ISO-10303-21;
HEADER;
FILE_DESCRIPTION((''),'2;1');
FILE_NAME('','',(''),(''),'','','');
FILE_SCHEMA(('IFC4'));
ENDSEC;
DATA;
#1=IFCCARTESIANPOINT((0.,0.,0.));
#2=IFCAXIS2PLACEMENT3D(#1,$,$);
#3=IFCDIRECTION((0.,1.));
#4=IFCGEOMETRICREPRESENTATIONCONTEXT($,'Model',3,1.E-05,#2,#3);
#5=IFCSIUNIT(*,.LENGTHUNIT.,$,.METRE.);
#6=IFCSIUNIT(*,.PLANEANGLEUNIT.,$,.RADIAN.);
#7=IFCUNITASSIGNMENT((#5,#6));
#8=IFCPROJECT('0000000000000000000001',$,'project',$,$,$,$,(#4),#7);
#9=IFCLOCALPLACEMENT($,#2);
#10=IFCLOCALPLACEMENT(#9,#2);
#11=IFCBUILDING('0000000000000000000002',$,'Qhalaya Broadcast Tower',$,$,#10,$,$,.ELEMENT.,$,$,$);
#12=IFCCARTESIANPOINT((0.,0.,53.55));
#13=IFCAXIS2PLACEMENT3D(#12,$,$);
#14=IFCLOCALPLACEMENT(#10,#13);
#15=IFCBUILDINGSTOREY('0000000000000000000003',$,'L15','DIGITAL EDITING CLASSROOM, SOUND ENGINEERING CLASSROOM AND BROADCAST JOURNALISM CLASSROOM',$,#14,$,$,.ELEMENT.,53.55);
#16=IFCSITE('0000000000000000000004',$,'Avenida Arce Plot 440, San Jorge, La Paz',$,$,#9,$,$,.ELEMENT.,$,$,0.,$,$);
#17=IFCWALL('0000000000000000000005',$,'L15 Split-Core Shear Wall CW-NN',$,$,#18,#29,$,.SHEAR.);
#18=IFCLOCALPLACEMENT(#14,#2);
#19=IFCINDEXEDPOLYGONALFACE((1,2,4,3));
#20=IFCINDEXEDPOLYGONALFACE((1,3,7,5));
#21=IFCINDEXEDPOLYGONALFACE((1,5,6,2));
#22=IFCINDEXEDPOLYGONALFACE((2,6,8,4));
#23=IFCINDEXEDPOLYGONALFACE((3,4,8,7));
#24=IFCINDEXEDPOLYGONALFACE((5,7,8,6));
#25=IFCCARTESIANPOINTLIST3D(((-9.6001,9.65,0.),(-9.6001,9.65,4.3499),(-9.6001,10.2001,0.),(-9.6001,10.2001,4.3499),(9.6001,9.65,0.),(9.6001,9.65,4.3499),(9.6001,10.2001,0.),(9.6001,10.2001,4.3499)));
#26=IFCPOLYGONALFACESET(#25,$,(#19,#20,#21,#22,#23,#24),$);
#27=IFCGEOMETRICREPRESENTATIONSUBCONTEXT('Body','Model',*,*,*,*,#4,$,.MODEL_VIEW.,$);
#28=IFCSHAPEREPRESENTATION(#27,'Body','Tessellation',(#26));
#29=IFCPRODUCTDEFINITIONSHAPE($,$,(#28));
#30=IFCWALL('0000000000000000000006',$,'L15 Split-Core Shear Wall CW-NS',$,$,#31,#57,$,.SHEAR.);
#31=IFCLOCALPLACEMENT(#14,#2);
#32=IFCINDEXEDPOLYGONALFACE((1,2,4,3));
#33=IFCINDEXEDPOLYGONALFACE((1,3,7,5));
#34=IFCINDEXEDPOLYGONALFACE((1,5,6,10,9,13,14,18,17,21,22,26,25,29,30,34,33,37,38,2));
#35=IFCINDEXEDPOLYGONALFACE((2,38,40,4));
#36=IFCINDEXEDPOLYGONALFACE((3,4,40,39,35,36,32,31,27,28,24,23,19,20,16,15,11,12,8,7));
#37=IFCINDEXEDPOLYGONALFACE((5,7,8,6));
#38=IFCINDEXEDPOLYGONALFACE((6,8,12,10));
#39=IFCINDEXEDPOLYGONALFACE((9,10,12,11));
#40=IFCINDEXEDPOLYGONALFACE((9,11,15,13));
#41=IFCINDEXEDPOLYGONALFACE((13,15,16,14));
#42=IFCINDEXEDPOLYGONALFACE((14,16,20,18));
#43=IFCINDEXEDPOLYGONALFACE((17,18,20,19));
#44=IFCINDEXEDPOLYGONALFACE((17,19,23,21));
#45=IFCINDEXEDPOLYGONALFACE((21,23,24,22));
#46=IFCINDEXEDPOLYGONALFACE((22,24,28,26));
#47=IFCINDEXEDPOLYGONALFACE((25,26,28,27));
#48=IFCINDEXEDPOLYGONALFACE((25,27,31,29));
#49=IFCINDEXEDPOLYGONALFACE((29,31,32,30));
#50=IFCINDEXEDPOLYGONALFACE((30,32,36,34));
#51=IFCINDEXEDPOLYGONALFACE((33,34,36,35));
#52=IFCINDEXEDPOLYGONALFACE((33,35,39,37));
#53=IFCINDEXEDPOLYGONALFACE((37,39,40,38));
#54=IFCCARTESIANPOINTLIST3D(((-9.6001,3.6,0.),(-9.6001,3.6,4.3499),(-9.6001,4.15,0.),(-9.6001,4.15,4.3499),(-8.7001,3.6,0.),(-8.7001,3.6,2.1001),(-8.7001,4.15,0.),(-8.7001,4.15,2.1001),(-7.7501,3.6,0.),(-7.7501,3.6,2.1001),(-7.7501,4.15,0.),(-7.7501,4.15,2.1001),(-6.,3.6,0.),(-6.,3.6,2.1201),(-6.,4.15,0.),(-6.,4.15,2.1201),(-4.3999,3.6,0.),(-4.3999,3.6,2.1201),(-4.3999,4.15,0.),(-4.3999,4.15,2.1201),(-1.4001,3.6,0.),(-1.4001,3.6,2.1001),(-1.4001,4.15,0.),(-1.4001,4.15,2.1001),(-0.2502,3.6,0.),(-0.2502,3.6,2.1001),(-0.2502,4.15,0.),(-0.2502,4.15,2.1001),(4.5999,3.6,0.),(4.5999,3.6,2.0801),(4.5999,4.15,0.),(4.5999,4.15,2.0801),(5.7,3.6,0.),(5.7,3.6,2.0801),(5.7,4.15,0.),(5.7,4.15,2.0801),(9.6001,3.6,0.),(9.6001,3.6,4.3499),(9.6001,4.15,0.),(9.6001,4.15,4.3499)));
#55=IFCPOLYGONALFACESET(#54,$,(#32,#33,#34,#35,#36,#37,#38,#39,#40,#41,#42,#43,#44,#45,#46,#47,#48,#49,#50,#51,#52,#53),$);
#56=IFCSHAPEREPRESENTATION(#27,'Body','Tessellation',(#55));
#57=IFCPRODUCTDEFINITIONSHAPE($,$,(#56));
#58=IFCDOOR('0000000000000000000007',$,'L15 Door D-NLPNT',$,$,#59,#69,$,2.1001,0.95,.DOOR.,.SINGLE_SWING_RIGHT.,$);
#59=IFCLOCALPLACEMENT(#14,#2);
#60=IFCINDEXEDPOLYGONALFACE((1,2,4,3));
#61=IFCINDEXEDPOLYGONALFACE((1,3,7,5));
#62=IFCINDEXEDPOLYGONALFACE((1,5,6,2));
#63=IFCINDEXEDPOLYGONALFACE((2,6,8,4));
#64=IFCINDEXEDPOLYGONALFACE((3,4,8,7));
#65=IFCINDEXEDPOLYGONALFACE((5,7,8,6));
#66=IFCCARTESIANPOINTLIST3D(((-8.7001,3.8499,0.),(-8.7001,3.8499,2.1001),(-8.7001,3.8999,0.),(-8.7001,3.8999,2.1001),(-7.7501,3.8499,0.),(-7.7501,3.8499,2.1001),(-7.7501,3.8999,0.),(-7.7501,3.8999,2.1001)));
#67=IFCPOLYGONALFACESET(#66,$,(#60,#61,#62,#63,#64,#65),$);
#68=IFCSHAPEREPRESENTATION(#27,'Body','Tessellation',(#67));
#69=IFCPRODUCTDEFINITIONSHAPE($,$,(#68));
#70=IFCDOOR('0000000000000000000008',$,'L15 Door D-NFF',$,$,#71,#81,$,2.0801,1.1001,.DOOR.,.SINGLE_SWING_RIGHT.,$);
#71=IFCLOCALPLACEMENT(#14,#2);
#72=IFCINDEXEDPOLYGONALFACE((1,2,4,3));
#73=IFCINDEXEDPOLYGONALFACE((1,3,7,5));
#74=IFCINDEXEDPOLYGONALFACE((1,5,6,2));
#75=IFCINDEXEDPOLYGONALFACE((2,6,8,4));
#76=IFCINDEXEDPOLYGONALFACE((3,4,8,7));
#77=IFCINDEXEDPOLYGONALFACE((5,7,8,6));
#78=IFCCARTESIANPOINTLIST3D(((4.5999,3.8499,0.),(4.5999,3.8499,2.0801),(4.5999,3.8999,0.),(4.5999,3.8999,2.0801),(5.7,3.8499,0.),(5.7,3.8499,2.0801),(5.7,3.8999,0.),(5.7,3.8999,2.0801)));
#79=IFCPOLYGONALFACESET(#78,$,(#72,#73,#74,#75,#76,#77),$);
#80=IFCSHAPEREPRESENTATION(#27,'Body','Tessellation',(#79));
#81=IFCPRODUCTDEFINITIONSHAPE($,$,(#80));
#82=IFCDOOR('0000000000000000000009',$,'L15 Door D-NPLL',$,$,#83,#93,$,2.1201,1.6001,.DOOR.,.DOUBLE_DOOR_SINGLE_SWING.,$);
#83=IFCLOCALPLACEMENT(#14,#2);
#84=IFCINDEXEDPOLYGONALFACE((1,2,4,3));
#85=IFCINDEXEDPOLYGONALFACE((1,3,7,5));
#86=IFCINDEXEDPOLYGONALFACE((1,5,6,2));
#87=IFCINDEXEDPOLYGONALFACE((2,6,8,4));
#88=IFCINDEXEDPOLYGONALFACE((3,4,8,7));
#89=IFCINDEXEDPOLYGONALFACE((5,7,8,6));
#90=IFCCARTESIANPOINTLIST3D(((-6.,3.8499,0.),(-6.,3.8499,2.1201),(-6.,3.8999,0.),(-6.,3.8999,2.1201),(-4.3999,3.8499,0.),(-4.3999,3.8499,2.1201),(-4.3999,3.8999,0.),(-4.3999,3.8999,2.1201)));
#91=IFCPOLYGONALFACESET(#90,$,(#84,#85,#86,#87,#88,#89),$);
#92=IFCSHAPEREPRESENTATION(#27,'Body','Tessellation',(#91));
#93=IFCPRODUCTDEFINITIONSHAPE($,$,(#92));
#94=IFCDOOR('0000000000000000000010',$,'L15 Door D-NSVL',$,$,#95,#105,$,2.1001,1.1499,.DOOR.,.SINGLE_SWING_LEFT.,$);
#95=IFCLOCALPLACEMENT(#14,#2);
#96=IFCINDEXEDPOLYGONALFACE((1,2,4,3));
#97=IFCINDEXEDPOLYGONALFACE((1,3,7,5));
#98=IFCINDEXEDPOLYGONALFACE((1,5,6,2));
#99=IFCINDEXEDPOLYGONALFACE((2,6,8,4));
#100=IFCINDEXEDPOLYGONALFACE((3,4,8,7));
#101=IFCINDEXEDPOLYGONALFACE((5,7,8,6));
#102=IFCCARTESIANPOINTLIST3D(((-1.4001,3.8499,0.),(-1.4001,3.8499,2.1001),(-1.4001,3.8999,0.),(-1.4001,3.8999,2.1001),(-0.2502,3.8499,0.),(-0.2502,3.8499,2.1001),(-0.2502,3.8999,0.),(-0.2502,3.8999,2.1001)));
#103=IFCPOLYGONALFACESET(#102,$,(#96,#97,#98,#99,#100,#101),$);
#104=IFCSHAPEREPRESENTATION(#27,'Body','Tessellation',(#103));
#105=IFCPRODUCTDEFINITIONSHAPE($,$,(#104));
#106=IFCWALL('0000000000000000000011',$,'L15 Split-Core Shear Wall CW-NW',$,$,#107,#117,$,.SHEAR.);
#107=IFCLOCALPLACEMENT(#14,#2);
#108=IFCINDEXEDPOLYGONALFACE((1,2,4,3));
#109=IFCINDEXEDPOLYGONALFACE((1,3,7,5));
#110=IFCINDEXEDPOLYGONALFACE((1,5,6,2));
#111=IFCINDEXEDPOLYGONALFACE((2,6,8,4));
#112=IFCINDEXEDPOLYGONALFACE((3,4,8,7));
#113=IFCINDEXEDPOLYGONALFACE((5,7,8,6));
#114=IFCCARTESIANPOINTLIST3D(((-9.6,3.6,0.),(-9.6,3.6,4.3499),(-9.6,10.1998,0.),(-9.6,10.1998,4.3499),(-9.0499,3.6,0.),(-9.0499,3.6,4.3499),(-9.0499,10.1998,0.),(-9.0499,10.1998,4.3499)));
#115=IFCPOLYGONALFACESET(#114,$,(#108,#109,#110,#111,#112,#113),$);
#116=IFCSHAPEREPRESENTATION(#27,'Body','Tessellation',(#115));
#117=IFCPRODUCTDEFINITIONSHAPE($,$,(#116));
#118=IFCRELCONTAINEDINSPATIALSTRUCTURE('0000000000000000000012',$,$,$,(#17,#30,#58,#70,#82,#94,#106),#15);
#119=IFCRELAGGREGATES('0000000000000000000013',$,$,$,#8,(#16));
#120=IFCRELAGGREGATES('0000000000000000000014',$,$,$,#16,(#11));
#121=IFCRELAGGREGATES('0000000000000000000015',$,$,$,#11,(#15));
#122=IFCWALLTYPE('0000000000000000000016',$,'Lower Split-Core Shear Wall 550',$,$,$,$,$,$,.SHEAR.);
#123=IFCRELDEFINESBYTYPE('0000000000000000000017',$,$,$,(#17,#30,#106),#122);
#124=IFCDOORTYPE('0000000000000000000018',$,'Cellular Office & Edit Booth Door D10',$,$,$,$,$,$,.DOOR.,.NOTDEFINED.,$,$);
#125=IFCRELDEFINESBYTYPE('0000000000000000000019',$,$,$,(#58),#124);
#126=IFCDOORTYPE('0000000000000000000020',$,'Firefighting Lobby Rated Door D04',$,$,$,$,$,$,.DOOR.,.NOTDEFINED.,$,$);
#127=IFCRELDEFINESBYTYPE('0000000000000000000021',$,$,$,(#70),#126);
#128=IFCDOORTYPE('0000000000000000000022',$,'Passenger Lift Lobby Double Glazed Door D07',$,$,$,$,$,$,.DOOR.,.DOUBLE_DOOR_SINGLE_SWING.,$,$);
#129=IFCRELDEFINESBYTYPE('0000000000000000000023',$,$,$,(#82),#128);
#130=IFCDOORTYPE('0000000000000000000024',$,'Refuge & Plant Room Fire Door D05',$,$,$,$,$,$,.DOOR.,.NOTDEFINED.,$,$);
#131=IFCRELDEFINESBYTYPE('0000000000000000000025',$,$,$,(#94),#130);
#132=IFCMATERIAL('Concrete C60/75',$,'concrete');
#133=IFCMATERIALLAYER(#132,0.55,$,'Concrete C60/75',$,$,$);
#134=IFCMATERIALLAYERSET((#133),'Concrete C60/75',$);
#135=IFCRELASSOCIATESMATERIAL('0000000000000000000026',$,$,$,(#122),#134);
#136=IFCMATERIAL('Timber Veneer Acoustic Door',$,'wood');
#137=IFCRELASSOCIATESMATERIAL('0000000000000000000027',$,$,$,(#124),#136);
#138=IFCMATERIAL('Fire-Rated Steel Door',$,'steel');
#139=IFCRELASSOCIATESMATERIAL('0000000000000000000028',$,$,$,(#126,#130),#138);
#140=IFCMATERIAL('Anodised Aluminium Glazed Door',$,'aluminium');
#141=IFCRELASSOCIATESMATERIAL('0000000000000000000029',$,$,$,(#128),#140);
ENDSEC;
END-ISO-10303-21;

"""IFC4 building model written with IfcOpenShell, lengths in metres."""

from ifc_helpers import new_model, si_unit, direction, frame, frame_2d, origin, place, context, subcontext, project, spatial, rectangle, extrude, material, layer, layer_set, type_object, element, fill, save


model = new_model("IFC4")

# Units and contexts
model_context = context("Model", 3, precision=1e-05, world=origin(), true_north=direction((0.0, 1.0)))
body_context = subcontext(model_context, "Body", "Model", "MODEL_VIEW")
ifc_project = project(units=[si_unit("LENGTHUNIT", "METRE"), si_unit("PLANEANGLEUNIT", "RADIAN")], contexts=[model_context])

# Site, building, storey
site_placement = place(None, origin())
site = spatial("IfcSite", under=ifc_project, at=site_placement, Name="Avenida Arce Plot 440, San Jorge, La Paz", CompositionType="ELEMENT", RefElevation=0.0)
building_placement = place(site_placement, origin())
building = spatial("IfcBuilding", under=site, at=building_placement, Name="Qhalaya Broadcast Tower", CompositionType="ELEMENT")
storey_placement = place(building_placement, frame((0.0, 0.0, 53.55)))
storey = spatial("IfcBuildingStorey", under=building, at=storey_placement, Name="L15", Description="DIGITAL EDITING CLASSROOM, SOUND ENGINEERING CLASSROOM AND BROADCAST JOURNALISM CLASSROOM", CompositionType="ELEMENT", Elevation=53.55)

# Shared definitions
ifc_material_1 = material(Name="Anodised Aluminium Glazed Door", Category="aluminium")

# Wall
ifc_material_2 = material(Name="Concrete C60/75", Category="concrete")
ifc_layer_1 = layer(ifc_material_2, 0.55, Name="Concrete C60/75")
ifc_layer_set_1 = layer_set([ifc_layer_1], Name="Concrete C60/75")
wall_type_1 = type_object("IfcWallType", Name="Lower Split-Core Shear Wall 550", PredefinedType="SHEAR", material=ifc_layer_set_1)
wall_1_placement = place(storey_placement, frame((-9.6001, 9.925, 0.0), z_axis=(0.0, 0.0, 1.0), x_axis=(1.0, 0.0, 0.0)))
element("IfcWall", 1, at=wall_1_placement, inside=storey, type_object=wall_type_1, Name="L15 Split-Core Shear Wall CW-NN", PredefinedType="SHEAR", context=body_context, shape_type="SweptSolid", body=[
    extrude(rectangle(XDim=19.2002, YDim=0.55, at=frame_2d((9.6001, 0.0))), origin(), (0.0, 0.0, 1.0), 4.3499),
])

# Wall, openings, doors
wall_2_placement = place(storey_placement, frame((-9.6001, 3.875, 0.0), z_axis=(0.0, 0.0, 1.0), x_axis=(1.0, 0.0, 0.0)))
wall_2 = element("IfcWall", 2, at=wall_2_placement, inside=storey, type_object=wall_type_1, Name="L15 Split-Core Shear Wall CW-NS", PredefinedType="SHEAR", context=body_context, shape_type="SweptSolid", body=[
    extrude(rectangle(XDim=19.2002, YDim=0.55, at=frame_2d((9.6001, 0.0))), origin(), (0.0, 0.0, 1.0), 4.3499),
])
opening_1_placement = place(wall_2_placement, frame((14.2, 0.0, 0.0)))
opening_1 = element("IfcOpeningElement", 3, at=opening_1_placement, cuts=wall_2, PredefinedType="OPENING", context=body_context, shape_type="SweptSolid", body=[
    extrude(rectangle(XDim=1.1001, YDim=2.0801, at=frame_2d((0.55, 1.04))), frame((0.0, 0.2871, 0.0), z_axis=(0.0, -1.0, 0.0), x_axis=(1.0, 0.0, 0.0)), (0.0, 0.0, 1.0), 0.574),
])
opening_2_placement = place(wall_2_placement, frame((8.2, 0.0, 0.0)))
opening_2 = element("IfcOpeningElement", 4, at=opening_2_placement, cuts=wall_2, PredefinedType="OPENING", context=body_context, shape_type="SweptSolid", body=[
    extrude(rectangle(XDim=1.1499, YDim=2.1001, at=frame_2d((0.575, 1.05))), frame((0.0, 0.2871, 0.0), z_axis=(0.0, -1.0, 0.0), x_axis=(1.0, 0.0, 0.0)), (0.0, 0.0, 1.0), 0.574),
])
opening_3_placement = place(wall_2_placement, frame((0.8999, 0.0, 0.0)))
opening_3 = element("IfcOpeningElement", 5, at=opening_3_placement, cuts=wall_2, PredefinedType="OPENING", context=body_context, shape_type="SweptSolid", body=[
    extrude(rectangle(XDim=0.95, YDim=2.1001, at=frame_2d((0.4751, 1.05))), frame((0.0, 0.2871, 0.0), z_axis=(0.0, -1.0, 0.0), x_axis=(1.0, 0.0, 0.0)), (0.0, 0.0, 1.0), 0.574),
])
opening_4_placement = place(wall_2_placement, frame((3.6001, 0.0, 0.0)))
opening_4 = element("IfcOpeningElement", 6, at=opening_4_placement, cuts=wall_2, PredefinedType="OPENING", context=body_context, shape_type="SweptSolid", body=[
    extrude(rectangle(XDim=1.6001, YDim=2.1201, at=frame_2d((0.8, 1.0601))), frame((0.0, 0.2871, 0.0), z_axis=(0.0, -1.0, 0.0), x_axis=(1.0, 0.0, 0.0)), (0.0, 0.0, 1.0), 0.574),
])
ifc_material_3 = material(Name="Timber Veneer Acoustic Door", Category="wood")
door_type_1 = type_object("IfcDoorType", Name="Cellular Office & Edit Booth Door D10", OperationType="NOTDEFINED", PredefinedType="DOOR", material=ifc_material_3)
door_1_placement = place(opening_3_placement, origin())
door_1 = element("IfcDoor", 7, at=door_1_placement, inside=storey, type_object=door_type_1, Name="L15 Door D-NLPNT", OperationType="SINGLE_SWING_RIGHT", OverallHeight=2.1001, OverallWidth=0.95, PredefinedType="DOOR", context=body_context, shape_type="SweptSolid", body=[
    extrude(rectangle(XDim=0.95, YDim=2.1001, at=frame_2d((0.4751, 1.05))), frame((0.0, 0.0249, 0.0), z_axis=(0.0, -1.0, 0.0), x_axis=(1.0, 0.0, 0.0)), (0.0, 0.0, 1.0), 0.05),
])
fill(opening_3, door_1)
ifc_material_4 = material(Name="Fire-Rated Steel Door", Category="steel")
door_type_2 = type_object("IfcDoorType", Name="Firefighting Lobby Rated Door D04", OperationType="NOTDEFINED", PredefinedType="DOOR", material=ifc_material_4)
door_2_placement = place(opening_1_placement, origin())
door_2 = element("IfcDoor", 8, at=door_2_placement, inside=storey, type_object=door_type_2, Name="L15 Door D-NFF", OperationType="SINGLE_SWING_RIGHT", OverallHeight=2.0801, OverallWidth=1.1001, PredefinedType="DOOR", context=body_context, shape_type="SweptSolid", body=[
    extrude(rectangle(XDim=1.1001, YDim=2.0801, at=frame_2d((0.55, 1.04))), frame((0.0, 0.0249, 0.0), z_axis=(0.0, -1.0, 0.0), x_axis=(1.0, 0.0, 0.0)), (0.0, 0.0, 1.0), 0.05),
])
fill(opening_1, door_2)
door_type_3 = type_object("IfcDoorType", Name="Passenger Lift Lobby Double Glazed Door D07", OperationType="DOUBLE_DOOR_SINGLE_SWING", PredefinedType="DOOR", material=ifc_material_1)
door_3_placement = place(opening_4_placement, origin())
door_3 = element("IfcDoor", 9, at=door_3_placement, inside=storey, type_object=door_type_3, Name="L15 Door D-NPLL", OperationType="DOUBLE_DOOR_SINGLE_SWING", OverallHeight=2.1201, OverallWidth=1.6001, PredefinedType="DOOR", context=body_context, shape_type="SweptSolid", body=[
    extrude(rectangle(XDim=1.6001, YDim=2.1201, at=frame_2d((0.8, 1.0601))), frame((0.0, 0.0249, 0.0), z_axis=(0.0, -1.0, 0.0), x_axis=(1.0, 0.0, 0.0)), (0.0, 0.0, 1.0), 0.05),
])
fill(opening_4, door_3)
door_type_4 = type_object("IfcDoorType", Name="Refuge & Plant Room Fire Door D05", OperationType="NOTDEFINED", PredefinedType="DOOR", material=ifc_material_4)
door_4_placement = place(opening_2_placement, origin())
door_4 = element("IfcDoor", 10, at=door_4_placement, inside=storey, type_object=door_type_4, Name="L15 Door D-NSVL", OperationType="SINGLE_SWING_LEFT", OverallHeight=2.1001, OverallWidth=1.1499, PredefinedType="DOOR", context=body_context, shape_type="SweptSolid", body=[
    extrude(rectangle(XDim=1.1499, YDim=2.1001, at=frame_2d((0.575, 1.05))), frame((0.0, 0.0249, 0.0), z_axis=(0.0, -1.0, 0.0), x_axis=(1.0, 0.0, 0.0)), (0.0, 0.0, 1.0), 0.05),
])
fill(opening_2, door_4)

# Wall
wall_3_placement = place(storey_placement, frame((-9.325, 3.6001, 0.0), z_axis=(0.0, 0.0, 1.0), x_axis=(0.0, 1.0, 0.0)))
element("IfcWall", 11, at=wall_3_placement, inside=storey, type_object=wall_type_1, Name="L15 Split-Core Shear Wall CW-NW", PredefinedType="SHEAR", context=body_context, shape_type="SweptSolid", body=[
    extrude(rectangle(XDim=6.5999, YDim=0.55, at=frame_2d((3.2998, 0.0))), origin(), (0.0, 0.0, 1.0), 4.3499),
])

save(model, "model.ifc")
